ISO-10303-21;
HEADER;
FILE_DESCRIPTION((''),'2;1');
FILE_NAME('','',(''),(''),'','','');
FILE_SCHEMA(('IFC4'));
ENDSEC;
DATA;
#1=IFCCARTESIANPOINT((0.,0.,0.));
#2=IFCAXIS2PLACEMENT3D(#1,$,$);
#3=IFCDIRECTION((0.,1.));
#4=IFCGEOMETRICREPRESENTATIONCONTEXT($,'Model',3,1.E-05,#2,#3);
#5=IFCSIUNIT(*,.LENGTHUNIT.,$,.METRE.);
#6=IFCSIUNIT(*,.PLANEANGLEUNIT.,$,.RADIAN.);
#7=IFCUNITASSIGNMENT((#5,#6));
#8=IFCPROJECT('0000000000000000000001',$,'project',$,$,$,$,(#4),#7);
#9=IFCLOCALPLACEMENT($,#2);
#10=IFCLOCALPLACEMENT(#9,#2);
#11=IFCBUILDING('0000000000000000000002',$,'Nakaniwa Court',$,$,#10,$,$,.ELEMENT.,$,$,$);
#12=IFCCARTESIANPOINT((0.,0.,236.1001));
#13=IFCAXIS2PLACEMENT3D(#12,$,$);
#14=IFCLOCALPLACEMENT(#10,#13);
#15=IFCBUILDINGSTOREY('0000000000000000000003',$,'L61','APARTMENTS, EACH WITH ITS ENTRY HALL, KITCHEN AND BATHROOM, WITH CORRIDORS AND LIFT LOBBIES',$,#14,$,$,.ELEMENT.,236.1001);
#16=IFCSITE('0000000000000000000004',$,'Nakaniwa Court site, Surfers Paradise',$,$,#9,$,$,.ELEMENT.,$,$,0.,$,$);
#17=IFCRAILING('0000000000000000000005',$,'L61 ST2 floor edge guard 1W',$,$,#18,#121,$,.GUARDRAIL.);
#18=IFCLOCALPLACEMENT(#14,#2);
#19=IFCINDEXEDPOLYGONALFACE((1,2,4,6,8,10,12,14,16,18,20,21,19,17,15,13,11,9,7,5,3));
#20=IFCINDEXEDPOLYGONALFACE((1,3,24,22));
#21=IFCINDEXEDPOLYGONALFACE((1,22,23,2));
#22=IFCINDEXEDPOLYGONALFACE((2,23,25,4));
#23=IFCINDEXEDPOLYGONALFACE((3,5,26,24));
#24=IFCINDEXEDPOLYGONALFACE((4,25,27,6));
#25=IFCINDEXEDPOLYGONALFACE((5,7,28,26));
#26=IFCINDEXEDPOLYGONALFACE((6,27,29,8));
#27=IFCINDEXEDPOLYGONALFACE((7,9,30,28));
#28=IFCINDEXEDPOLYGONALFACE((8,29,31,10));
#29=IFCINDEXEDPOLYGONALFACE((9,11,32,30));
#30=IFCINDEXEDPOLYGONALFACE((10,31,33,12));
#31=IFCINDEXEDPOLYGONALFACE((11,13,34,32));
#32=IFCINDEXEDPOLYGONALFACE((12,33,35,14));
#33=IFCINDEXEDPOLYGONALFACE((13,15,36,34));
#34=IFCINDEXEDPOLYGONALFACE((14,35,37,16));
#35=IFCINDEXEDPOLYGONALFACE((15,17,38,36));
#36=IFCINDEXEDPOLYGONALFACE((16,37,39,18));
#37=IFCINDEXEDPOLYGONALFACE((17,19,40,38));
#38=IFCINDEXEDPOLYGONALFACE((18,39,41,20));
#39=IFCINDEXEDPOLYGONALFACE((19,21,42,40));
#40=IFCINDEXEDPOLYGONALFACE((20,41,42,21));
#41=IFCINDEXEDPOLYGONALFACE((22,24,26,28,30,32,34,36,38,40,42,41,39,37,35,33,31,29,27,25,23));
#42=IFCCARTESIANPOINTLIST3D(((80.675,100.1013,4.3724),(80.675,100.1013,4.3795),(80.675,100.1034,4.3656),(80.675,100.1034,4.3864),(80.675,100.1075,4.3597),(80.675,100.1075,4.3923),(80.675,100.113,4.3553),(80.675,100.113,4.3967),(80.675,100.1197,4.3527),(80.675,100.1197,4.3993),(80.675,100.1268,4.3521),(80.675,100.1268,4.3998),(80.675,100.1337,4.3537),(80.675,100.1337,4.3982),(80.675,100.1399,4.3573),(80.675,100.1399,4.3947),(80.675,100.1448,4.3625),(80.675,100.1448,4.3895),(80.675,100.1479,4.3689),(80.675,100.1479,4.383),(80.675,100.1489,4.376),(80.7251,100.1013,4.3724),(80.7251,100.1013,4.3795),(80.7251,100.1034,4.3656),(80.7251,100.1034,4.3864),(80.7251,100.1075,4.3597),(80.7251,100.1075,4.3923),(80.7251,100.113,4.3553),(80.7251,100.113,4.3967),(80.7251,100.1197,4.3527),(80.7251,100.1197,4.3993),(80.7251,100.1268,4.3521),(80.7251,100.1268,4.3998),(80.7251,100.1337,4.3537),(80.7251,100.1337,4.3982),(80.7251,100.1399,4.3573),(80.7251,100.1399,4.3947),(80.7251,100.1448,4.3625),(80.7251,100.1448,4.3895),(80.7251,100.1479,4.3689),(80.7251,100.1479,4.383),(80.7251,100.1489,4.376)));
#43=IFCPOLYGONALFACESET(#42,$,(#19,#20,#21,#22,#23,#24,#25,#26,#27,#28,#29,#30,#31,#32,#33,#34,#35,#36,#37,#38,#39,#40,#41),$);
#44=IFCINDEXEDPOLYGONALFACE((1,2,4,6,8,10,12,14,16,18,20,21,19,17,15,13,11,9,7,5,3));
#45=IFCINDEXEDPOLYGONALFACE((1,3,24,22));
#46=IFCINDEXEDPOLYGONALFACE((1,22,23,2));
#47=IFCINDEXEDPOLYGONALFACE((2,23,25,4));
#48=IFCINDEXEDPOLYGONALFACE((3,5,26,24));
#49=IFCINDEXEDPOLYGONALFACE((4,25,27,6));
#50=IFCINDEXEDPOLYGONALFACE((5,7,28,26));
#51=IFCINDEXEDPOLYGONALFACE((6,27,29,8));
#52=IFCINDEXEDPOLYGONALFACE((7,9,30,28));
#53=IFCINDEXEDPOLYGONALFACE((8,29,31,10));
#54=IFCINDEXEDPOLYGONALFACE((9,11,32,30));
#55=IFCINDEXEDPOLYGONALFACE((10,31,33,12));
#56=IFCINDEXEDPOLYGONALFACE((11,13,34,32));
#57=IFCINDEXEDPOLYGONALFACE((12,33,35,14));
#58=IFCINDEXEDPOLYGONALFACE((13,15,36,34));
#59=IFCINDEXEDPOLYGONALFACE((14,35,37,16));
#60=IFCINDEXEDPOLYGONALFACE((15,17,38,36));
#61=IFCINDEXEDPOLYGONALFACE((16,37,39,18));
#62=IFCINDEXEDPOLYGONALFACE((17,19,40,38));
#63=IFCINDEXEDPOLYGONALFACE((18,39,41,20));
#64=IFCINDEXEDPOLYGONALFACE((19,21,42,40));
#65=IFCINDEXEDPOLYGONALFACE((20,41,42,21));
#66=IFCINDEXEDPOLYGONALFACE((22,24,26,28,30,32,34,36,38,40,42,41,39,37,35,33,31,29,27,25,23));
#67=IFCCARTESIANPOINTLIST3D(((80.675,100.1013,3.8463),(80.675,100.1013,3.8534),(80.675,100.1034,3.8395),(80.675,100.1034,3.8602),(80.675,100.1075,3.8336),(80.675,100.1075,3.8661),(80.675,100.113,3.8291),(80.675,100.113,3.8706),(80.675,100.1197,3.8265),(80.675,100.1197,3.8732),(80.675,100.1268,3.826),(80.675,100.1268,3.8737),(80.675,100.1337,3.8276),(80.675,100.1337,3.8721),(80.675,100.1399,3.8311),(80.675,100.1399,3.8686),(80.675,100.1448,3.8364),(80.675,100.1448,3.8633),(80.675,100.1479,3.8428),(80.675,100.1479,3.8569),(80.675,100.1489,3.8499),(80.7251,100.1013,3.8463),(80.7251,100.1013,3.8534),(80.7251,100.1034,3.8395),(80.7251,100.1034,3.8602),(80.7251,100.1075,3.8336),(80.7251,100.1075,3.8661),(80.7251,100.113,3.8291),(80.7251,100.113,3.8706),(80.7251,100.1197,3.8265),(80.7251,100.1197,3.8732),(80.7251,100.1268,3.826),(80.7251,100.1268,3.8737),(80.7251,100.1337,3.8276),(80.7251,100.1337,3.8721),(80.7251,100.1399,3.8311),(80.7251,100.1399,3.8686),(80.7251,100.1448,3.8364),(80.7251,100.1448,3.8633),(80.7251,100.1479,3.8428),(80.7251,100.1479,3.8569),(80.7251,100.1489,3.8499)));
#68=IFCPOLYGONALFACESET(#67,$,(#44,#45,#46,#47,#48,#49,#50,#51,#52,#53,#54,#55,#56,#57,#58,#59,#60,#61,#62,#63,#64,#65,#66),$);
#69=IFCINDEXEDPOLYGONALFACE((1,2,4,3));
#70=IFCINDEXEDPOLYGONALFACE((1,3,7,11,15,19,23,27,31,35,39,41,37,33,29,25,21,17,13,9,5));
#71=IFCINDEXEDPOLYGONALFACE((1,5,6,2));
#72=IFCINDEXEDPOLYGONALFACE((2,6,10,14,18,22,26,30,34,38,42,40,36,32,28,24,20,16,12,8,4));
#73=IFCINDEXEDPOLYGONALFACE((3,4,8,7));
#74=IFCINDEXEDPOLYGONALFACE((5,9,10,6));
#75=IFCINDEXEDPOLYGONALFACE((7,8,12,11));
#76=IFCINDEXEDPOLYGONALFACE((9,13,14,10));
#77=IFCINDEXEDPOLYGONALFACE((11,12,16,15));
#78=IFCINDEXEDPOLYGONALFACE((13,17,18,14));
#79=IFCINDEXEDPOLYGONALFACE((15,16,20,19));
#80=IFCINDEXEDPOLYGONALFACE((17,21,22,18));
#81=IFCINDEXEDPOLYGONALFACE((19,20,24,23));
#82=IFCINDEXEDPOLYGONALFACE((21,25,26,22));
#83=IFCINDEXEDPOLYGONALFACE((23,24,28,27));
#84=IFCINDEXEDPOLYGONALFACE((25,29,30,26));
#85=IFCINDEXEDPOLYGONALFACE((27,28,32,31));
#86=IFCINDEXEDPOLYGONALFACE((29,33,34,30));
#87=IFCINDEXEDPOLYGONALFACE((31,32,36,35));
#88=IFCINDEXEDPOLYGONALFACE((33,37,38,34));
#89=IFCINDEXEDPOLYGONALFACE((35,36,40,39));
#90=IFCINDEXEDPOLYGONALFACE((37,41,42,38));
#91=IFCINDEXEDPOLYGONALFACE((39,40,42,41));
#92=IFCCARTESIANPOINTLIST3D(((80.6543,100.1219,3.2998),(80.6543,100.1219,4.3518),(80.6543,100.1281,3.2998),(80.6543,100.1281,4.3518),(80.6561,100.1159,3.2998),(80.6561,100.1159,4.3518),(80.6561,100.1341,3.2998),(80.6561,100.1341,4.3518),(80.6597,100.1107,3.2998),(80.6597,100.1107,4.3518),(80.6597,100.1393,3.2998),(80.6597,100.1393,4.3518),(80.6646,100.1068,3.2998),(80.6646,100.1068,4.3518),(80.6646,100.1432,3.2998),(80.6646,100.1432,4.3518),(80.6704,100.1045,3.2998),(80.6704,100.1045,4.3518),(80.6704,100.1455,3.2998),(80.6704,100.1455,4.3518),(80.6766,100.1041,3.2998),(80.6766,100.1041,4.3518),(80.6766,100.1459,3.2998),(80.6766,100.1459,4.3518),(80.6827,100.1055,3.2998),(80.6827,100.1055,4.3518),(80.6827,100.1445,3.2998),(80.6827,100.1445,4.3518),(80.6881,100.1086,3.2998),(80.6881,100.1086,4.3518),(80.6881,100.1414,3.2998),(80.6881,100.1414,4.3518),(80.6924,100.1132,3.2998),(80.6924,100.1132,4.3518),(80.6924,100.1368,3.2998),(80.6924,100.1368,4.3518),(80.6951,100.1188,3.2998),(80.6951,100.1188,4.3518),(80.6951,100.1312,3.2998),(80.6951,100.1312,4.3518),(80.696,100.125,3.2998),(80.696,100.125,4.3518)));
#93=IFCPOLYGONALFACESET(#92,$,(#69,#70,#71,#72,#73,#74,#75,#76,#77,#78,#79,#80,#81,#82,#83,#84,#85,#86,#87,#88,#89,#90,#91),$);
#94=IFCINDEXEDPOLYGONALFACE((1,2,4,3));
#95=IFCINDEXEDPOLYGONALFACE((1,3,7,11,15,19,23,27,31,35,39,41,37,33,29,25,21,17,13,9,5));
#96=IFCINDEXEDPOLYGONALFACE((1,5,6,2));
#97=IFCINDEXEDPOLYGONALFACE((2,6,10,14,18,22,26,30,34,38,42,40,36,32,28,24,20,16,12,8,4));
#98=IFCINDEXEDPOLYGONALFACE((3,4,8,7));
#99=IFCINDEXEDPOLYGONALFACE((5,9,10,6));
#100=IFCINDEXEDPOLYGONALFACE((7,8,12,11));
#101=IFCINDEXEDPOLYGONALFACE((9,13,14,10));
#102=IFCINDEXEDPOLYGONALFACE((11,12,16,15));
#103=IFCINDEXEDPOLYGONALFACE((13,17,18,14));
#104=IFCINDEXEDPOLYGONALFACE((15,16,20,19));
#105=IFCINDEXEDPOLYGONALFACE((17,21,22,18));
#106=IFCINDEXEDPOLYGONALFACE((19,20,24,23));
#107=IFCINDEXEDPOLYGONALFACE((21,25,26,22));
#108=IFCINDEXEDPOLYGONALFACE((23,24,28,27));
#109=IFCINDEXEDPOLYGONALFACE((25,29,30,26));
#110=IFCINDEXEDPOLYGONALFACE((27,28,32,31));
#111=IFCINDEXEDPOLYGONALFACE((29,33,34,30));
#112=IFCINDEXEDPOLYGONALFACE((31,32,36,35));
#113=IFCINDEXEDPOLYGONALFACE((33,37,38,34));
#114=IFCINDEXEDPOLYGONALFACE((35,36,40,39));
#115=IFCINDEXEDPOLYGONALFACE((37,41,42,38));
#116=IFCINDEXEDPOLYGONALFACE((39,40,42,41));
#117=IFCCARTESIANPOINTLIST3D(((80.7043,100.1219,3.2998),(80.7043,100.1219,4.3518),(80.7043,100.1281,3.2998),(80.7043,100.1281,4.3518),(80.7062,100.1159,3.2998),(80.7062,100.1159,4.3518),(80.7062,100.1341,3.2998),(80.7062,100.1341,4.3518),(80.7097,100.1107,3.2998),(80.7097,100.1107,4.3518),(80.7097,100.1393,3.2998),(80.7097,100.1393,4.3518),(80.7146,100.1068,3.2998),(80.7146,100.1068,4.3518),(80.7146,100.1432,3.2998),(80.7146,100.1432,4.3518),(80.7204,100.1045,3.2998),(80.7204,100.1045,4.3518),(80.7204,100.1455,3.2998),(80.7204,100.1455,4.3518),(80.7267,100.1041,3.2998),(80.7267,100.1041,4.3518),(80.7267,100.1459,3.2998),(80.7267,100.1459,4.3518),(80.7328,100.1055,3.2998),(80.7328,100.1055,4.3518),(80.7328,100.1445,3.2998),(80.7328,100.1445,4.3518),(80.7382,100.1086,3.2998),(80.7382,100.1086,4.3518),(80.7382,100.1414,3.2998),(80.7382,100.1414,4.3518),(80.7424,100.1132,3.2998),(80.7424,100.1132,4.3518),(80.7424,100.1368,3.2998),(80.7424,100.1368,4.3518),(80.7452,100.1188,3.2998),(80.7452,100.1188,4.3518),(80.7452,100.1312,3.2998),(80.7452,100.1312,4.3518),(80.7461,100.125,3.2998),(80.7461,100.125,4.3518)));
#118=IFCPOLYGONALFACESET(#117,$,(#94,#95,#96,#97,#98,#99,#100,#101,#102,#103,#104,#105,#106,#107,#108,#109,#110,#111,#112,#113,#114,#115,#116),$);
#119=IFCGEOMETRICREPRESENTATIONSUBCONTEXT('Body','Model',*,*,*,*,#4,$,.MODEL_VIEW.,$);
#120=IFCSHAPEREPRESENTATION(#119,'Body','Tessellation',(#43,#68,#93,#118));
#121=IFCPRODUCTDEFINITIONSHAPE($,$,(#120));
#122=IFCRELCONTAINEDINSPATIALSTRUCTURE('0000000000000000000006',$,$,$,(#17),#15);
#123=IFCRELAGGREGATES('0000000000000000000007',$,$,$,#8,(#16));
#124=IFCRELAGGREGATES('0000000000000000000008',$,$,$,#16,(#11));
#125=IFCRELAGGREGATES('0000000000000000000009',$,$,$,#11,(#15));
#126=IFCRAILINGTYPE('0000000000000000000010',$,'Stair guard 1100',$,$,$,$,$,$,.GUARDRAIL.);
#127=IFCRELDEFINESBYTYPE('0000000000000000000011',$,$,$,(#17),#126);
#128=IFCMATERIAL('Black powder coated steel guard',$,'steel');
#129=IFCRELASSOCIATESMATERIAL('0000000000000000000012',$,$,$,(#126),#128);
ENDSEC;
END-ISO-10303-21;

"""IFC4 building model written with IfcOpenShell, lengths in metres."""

from ifc_helpers import new_model, si_unit, direction, frame, origin, origin_2d, place, context, subcontext, project, spatial, circle, extrude, material, type_object, element, save


model = new_model("IFC4")

# Units and contexts
model_context = context("Model", 3, precision=1e-05, world=origin(), true_north=direction((0.0, 1.0)))
body_context = subcontext(model_context, "Body", "Model", "MODEL_VIEW")
ifc_project = project(units=[si_unit("LENGTHUNIT", "METRE"), si_unit("PLANEANGLEUNIT", "RADIAN")], contexts=[model_context])

# Site, building, storey
site_placement = place(None, origin())
site = spatial("IfcSite", under=ifc_project, at=site_placement, Name="Nakaniwa Court site, Surfers Paradise", CompositionType="ELEMENT", RefElevation=0.0)
building_placement = place(site_placement, origin())
building = spatial("IfcBuilding", under=site, at=building_placement, Name="Nakaniwa Court", CompositionType="ELEMENT")
storey_placement = place(building_placement, frame((0.0, 0.0, 236.1001)))
storey = spatial("IfcBuildingStorey", under=building, at=storey_placement, Name="L61", Description="APARTMENTS, EACH WITH ITS ENTRY HALL, KITCHEN AND BATHROOM, WITH CORRIDORS AND LIFT LOBBIES", CompositionType="ELEMENT", Elevation=236.1001)

# Railing
ifc_material_1 = material(Name="Black powder coated steel guard", Category="steel")
railing_type_1 = type_object("IfcRailingType", Name="Stair guard 1100", PredefinedType="GUARDRAIL", material=ifc_material_1)
for number, where, name in (
    (1, (80.675, 100.125, 3.2998), "L61 ST2 floor edge guard 1W"),
):
    element("IfcRailing", number, at=place(storey_placement, frame(where)), inside=storey, type_object=railing_type_1, Name=name, PredefinedType="GUARDRAIL", context=body_context, shape_type="SweptSolid", body=[
        extrude(circle(Radius=0.0239, at=origin_2d()), frame((0.0, 0.0, 1.0762), z_axis=(1.0, 0.0, 0.0), x_axis=(0.0, 1.0, 0.0)), (0.0, 0.0, 1.0), 0.05),
        extrude(circle(Radius=0.0239, at=origin_2d()), frame((0.0, 0.0, 0.55), z_axis=(1.0, 0.0, 0.0), x_axis=(0.0, 1.0, 0.0)), (0.0, 0.0, 1.0), 0.05),
        extrude(circle(Radius=0.021, at=origin_2d()), origin(), (0.0, 0.0, 1.0), 1.052),
        extrude(circle(Radius=0.021, at=origin_2d()), frame((0.05, 0.0, 0.0)), (0.0, 0.0, 1.0), 1.052),
    ])

save(model, "model.ifc")
